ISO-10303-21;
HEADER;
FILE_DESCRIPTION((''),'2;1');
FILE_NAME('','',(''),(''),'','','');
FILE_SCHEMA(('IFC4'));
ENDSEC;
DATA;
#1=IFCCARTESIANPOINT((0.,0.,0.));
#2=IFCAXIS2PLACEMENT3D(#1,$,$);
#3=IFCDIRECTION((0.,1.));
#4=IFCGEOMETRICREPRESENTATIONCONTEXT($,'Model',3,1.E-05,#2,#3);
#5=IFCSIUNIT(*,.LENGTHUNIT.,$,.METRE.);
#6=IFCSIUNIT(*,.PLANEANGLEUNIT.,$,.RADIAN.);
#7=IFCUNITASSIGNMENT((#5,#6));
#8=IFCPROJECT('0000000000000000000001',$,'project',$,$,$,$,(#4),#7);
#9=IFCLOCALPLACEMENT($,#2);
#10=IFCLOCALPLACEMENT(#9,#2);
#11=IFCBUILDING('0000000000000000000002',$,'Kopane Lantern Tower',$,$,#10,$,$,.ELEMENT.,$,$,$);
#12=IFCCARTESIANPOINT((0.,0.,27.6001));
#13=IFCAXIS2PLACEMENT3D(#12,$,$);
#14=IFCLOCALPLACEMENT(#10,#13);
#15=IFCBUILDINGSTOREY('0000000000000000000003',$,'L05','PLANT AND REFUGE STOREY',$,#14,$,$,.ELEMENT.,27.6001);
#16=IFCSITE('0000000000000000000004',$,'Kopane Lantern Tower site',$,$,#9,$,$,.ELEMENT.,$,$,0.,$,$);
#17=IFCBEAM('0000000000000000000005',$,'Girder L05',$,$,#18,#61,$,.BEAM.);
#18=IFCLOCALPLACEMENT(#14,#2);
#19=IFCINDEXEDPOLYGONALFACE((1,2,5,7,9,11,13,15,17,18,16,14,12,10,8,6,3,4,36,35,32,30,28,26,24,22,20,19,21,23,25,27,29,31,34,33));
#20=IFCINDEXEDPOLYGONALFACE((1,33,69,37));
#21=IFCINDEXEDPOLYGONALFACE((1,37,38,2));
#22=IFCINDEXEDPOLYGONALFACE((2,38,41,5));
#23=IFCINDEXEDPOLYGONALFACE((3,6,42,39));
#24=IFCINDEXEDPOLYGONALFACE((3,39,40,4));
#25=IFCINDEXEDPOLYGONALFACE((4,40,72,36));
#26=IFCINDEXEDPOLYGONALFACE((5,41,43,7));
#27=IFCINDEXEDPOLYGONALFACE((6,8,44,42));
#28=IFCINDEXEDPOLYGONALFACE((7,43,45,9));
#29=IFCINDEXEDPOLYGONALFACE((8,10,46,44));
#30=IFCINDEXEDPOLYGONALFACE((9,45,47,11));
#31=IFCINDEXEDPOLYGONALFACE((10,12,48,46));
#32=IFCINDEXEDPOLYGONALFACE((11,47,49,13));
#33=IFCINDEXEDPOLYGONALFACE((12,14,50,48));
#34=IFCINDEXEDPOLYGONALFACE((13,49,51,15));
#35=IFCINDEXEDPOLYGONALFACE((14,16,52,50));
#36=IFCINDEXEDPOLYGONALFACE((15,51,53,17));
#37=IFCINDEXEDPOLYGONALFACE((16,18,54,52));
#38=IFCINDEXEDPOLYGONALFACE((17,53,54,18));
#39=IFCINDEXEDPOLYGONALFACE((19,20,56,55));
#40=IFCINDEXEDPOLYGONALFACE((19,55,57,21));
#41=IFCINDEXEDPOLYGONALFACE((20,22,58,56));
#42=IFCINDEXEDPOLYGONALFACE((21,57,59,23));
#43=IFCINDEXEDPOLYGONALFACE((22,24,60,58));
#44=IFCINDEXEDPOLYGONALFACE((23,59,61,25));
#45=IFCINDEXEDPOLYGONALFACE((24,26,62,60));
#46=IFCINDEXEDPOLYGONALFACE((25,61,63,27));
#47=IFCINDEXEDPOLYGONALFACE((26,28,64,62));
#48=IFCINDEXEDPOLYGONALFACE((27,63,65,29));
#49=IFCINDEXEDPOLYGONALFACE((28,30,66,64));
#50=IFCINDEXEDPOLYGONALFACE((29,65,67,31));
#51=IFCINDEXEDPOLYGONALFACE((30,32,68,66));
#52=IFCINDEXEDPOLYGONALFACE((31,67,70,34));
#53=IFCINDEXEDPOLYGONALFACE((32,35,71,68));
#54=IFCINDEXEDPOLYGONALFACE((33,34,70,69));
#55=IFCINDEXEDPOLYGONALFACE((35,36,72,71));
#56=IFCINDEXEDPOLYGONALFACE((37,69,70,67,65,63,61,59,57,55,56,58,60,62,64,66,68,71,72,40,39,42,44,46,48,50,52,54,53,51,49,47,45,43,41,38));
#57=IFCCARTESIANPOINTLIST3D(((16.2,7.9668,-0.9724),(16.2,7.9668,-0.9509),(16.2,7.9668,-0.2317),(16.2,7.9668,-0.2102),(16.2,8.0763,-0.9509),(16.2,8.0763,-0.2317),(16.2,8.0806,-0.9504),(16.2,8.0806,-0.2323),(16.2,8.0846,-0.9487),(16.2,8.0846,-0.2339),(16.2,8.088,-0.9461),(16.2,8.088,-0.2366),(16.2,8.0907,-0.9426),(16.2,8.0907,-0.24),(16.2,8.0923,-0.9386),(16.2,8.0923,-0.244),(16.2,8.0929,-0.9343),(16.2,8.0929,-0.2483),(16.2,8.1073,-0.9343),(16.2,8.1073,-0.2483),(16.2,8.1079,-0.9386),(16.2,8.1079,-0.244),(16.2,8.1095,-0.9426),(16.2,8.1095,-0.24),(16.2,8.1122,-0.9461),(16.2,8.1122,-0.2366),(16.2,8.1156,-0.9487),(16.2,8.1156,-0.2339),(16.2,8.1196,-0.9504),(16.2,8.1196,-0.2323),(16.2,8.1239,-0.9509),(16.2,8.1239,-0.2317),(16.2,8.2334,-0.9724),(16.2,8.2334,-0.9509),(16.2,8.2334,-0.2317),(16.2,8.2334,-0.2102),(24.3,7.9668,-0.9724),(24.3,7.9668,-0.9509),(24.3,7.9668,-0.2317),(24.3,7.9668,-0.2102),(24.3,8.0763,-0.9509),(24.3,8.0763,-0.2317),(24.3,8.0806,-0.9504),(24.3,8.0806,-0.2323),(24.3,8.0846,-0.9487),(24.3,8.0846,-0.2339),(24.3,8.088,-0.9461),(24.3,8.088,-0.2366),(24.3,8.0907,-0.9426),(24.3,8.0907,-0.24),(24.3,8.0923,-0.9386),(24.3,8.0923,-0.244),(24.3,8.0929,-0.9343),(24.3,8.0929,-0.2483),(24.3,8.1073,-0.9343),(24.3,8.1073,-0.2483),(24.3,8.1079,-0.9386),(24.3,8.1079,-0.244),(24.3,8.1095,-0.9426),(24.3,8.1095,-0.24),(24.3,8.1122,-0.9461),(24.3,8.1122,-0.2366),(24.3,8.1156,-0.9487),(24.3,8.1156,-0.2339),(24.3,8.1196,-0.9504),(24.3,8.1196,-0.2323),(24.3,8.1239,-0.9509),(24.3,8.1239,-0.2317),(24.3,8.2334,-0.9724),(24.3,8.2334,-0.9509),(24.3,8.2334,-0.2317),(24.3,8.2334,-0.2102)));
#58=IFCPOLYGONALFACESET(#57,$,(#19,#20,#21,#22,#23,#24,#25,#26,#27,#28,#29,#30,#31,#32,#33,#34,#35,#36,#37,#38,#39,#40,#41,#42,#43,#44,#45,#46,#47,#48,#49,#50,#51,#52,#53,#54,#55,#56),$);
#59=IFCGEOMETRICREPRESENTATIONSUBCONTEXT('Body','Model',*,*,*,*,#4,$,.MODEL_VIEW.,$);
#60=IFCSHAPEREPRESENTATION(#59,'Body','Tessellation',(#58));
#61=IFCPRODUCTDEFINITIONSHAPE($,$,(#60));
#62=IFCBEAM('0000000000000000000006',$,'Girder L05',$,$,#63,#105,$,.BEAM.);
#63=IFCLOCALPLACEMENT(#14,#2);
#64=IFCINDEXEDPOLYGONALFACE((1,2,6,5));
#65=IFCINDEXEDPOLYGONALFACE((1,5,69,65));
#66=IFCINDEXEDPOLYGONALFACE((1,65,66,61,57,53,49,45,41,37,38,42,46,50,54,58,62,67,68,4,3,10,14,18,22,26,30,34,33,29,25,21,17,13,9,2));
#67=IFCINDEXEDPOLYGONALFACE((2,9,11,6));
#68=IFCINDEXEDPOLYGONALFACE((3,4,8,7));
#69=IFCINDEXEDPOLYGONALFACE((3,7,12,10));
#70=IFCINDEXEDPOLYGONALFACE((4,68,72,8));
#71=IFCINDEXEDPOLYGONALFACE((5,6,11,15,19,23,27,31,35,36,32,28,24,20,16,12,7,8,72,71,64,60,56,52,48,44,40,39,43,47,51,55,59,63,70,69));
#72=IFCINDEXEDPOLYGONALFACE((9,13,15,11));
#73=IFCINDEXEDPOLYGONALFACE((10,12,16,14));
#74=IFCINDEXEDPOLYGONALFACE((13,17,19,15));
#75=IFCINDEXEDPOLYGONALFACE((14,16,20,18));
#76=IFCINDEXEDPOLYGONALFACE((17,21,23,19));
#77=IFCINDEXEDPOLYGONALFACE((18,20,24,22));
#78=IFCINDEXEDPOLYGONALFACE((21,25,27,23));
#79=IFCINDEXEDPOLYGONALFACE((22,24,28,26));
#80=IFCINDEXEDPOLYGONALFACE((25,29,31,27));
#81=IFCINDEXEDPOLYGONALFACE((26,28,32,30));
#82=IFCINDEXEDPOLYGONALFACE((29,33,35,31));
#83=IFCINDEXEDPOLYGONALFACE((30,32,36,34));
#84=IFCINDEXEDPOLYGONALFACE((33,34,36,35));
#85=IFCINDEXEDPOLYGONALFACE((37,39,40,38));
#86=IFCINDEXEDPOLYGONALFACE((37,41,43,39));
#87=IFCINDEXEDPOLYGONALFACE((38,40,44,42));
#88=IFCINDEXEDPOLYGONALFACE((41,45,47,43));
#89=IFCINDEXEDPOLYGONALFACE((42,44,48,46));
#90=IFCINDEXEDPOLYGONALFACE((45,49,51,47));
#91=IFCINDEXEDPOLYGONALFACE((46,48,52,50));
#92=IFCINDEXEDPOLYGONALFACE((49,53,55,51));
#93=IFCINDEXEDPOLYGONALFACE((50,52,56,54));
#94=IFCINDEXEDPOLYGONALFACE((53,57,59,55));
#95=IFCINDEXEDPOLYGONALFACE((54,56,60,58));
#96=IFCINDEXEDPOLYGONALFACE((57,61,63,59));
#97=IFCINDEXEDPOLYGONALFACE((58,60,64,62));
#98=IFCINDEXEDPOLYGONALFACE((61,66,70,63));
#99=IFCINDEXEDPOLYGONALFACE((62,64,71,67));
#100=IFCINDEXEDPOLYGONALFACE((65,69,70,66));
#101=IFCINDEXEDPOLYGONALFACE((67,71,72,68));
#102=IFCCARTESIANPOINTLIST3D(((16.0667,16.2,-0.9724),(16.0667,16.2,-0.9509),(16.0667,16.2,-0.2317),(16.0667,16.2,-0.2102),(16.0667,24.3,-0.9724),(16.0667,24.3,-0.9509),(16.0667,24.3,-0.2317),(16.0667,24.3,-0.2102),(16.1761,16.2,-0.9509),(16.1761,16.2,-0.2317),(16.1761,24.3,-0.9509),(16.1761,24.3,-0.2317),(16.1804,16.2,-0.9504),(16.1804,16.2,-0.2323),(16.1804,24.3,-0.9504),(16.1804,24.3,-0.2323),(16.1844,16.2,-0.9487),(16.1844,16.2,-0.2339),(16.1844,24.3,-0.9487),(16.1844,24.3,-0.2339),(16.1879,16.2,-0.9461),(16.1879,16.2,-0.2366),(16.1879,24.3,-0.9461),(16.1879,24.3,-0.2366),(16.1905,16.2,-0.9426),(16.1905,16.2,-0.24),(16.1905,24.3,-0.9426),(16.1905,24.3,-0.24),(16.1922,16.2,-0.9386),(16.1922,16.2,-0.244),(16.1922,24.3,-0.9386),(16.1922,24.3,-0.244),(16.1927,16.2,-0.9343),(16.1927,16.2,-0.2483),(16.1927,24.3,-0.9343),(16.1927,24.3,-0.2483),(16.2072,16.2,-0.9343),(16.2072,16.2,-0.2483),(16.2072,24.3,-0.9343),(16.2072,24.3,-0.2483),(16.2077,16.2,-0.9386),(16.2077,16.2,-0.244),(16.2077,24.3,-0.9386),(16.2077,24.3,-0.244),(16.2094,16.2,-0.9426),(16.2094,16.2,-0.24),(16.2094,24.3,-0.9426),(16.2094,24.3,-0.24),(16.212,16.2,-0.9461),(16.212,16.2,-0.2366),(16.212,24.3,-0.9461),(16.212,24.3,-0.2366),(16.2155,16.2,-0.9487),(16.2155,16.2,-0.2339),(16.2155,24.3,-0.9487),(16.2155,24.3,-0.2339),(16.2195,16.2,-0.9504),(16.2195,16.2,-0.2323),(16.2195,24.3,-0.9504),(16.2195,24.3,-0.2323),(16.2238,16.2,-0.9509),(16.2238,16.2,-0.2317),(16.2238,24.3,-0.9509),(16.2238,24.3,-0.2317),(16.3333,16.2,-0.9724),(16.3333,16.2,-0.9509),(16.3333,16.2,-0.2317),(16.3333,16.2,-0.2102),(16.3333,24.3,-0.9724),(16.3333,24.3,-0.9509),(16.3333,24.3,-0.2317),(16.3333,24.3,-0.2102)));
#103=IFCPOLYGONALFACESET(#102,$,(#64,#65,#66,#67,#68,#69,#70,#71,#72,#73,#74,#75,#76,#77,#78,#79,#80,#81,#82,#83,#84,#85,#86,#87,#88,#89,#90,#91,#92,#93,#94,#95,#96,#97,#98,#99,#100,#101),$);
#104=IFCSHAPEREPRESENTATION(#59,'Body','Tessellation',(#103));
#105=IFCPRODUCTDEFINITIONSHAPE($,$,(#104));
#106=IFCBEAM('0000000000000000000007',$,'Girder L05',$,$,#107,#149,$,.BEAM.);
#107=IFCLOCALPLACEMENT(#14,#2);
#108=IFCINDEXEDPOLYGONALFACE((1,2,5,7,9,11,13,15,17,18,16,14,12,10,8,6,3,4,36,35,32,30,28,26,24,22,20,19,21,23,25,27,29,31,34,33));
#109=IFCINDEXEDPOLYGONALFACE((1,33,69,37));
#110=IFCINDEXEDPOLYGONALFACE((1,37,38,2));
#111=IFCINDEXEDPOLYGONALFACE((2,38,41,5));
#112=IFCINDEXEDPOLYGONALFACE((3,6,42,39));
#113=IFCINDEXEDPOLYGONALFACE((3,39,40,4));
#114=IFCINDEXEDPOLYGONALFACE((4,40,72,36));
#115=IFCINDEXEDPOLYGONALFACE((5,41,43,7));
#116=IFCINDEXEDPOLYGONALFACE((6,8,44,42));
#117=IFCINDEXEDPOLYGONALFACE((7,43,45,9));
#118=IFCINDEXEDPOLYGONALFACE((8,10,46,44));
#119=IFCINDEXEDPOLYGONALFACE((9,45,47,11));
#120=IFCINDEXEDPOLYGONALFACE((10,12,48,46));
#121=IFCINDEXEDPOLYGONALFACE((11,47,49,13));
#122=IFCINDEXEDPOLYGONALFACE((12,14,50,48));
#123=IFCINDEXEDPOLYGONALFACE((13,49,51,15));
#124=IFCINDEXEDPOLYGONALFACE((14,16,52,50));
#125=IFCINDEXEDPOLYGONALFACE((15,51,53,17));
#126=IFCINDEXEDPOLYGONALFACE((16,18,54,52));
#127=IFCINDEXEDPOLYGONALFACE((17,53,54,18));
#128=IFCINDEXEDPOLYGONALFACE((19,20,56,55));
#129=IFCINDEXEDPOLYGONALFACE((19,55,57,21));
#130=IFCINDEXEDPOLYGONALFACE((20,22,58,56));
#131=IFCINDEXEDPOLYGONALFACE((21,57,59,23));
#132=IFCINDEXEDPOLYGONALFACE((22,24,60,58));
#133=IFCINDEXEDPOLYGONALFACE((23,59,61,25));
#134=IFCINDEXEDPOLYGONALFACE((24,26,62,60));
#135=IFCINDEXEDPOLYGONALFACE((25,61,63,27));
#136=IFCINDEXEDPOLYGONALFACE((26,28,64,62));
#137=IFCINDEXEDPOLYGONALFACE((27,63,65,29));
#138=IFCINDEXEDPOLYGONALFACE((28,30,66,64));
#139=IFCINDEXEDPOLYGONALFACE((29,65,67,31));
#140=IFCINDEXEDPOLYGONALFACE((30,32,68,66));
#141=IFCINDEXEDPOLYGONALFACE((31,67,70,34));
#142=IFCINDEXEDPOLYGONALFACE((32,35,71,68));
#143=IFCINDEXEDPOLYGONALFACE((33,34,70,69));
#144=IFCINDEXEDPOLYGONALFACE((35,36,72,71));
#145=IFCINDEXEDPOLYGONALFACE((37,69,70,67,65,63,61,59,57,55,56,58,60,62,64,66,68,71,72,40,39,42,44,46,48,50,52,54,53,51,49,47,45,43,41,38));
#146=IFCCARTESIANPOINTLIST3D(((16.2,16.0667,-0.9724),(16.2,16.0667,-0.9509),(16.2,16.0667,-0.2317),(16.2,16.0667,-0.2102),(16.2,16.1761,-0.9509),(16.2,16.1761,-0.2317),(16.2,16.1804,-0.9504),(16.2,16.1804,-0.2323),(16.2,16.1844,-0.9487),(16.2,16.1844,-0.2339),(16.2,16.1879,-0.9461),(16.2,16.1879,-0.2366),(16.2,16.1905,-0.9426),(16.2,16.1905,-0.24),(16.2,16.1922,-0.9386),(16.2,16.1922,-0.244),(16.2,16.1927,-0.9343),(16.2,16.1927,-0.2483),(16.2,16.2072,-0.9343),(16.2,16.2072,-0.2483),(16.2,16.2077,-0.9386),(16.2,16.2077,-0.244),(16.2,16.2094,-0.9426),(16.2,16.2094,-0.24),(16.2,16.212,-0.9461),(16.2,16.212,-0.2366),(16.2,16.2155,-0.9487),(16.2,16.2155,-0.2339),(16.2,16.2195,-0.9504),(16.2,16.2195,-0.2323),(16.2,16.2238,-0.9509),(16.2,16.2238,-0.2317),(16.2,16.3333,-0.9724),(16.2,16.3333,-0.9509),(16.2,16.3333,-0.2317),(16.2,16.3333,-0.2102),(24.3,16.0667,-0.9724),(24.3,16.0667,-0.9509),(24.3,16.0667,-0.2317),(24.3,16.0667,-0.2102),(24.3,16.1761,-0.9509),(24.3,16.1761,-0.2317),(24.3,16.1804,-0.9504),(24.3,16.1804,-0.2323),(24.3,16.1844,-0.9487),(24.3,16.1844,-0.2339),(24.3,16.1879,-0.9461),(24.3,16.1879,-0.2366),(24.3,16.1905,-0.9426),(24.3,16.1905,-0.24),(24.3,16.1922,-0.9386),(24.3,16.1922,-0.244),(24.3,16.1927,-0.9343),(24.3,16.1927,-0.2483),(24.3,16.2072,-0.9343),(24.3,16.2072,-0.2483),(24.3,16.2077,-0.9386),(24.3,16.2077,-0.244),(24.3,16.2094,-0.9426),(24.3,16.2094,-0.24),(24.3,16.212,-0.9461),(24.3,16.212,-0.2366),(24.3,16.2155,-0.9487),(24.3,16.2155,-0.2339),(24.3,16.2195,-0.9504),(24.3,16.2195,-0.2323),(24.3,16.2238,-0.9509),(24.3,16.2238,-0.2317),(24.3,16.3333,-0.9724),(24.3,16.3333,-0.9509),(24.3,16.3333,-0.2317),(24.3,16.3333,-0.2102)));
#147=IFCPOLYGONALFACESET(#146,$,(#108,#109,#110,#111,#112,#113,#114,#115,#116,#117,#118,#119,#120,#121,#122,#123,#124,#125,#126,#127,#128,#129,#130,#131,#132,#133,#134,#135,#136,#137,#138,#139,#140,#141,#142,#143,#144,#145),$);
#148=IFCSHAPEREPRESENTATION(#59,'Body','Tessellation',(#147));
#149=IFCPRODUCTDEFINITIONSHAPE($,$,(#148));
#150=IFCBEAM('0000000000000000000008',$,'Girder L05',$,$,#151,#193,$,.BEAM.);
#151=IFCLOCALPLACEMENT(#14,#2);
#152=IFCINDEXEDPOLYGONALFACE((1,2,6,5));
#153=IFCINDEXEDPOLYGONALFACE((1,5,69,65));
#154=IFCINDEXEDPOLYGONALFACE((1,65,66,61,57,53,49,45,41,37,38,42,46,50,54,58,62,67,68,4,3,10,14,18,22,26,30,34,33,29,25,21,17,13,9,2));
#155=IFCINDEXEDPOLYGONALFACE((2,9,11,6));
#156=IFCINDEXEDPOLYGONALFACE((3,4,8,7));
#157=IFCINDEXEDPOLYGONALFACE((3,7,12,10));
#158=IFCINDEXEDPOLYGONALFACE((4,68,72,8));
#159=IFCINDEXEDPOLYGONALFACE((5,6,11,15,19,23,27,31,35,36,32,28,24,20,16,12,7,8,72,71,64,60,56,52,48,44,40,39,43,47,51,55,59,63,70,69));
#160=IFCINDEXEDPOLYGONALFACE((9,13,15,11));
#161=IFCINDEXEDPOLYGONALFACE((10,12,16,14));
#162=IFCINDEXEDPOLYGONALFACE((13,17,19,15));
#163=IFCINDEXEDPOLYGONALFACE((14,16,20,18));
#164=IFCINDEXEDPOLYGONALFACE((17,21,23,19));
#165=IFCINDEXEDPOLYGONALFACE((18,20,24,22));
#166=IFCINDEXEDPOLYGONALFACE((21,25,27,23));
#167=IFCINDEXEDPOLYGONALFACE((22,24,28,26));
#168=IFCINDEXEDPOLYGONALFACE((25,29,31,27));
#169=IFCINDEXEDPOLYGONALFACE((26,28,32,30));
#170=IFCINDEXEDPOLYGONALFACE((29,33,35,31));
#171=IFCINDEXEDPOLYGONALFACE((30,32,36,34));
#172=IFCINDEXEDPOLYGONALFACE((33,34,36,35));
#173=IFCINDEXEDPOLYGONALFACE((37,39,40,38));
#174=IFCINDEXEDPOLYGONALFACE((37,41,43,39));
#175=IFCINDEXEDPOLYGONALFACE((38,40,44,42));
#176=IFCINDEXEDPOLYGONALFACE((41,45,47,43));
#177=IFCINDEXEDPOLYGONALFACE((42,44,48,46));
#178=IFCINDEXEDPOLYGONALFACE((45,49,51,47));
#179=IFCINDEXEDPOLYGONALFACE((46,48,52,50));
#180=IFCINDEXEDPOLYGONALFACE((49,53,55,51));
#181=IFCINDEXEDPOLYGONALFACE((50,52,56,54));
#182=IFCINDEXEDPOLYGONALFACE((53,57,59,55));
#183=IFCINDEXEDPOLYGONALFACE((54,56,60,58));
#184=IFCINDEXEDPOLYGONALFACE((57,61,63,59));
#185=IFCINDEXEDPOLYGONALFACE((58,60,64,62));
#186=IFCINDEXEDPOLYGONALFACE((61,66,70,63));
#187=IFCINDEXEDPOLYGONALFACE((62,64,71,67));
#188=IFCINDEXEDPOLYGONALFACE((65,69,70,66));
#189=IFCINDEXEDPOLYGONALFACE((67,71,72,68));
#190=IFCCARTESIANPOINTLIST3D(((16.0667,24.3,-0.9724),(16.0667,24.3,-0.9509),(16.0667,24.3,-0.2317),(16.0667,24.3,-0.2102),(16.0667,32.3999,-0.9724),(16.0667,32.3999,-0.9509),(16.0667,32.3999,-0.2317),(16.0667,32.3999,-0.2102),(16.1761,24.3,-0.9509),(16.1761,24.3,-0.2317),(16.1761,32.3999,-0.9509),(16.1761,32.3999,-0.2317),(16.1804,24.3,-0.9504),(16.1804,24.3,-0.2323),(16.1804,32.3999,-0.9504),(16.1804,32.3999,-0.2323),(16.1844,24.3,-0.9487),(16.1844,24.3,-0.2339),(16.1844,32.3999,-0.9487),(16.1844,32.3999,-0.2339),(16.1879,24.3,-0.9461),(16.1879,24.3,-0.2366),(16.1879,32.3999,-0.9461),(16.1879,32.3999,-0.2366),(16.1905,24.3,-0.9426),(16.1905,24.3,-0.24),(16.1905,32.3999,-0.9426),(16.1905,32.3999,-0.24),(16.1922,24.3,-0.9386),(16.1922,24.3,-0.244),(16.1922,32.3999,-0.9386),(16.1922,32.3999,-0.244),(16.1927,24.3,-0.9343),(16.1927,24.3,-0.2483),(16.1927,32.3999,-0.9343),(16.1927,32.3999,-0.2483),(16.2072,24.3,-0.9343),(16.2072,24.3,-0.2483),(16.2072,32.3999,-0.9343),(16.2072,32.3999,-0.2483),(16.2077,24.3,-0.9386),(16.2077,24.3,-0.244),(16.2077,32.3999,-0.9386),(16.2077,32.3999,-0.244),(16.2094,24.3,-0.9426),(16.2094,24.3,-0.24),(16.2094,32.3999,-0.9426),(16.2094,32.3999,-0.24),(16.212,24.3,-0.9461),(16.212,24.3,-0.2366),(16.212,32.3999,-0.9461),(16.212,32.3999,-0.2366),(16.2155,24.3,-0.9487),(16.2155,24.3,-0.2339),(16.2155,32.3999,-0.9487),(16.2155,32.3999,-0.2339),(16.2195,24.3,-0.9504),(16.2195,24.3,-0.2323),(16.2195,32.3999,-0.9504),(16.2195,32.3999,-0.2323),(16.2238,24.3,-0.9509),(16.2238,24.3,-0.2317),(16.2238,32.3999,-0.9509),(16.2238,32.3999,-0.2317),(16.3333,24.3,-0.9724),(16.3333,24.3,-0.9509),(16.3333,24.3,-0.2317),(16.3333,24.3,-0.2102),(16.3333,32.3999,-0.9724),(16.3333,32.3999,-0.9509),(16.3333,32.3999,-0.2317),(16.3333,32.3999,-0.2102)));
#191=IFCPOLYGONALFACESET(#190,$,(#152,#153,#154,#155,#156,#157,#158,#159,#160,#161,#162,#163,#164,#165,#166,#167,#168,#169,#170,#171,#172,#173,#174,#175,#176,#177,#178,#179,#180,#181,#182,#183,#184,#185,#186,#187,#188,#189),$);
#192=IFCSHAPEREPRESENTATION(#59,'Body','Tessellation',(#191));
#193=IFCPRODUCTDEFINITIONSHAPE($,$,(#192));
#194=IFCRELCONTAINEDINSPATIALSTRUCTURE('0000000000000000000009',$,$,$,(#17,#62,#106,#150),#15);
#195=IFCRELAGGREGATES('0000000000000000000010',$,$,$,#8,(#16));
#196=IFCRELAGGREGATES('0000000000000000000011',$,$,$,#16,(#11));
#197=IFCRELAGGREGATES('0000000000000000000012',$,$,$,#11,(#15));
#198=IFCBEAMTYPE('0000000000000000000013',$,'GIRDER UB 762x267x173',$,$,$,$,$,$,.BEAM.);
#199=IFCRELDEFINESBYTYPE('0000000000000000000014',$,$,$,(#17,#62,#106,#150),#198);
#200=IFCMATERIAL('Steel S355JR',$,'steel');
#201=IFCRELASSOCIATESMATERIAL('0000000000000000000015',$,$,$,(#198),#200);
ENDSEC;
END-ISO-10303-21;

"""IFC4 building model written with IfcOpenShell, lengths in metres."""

from ifc_helpers import new_model, si_unit, direction, frame, origin, origin_2d, place, context, subcontext, project, spatial, i_section, extrude, material, material_profile, profile_set, type_object, element, save


model = new_model("IFC4")

# Units and contexts
model_context = context("Model", 3, precision=1e-05, world=origin(), true_north=direction((0.0, 1.0)))
body_context = subcontext(model_context, "Body", "Model", "MODEL_VIEW")
ifc_project = project(units=[si_unit("LENGTHUNIT", "METRE"), si_unit("PLANEANGLEUNIT", "RADIAN")], contexts=[model_context])

# Site, building, storey
site_placement = place(None, origin())
site = spatial("IfcSite", under=ifc_project, at=site_placement, Name="Kopane Lantern Tower site", CompositionType="ELEMENT", RefElevation=0.0)
building_placement = place(site_placement, origin())
building = spatial("IfcBuilding", under=site, at=building_placement, Name="Kopane Lantern Tower", CompositionType="ELEMENT")
storey_placement = place(building_placement, frame((0.0, 0.0, 27.6001)))
storey = spatial("IfcBuildingStorey", under=building, at=storey_placement, Name="L05", Description="PLANT AND REFUGE STOREY", CompositionType="ELEMENT", Elevation=27.6001)

# Beams
ifc_material_1 = material(Name="Steel S355JR", Category="steel")
ifc_material_profile_1 = material_profile(ifc_material_1, i_section(OverallWidth=0.2666, OverallDepth=0.7622, WebThickness=0.0144, FlangeThickness=0.0215, FilletRadius=0.0166, at=origin_2d()), Name="UB 762x267x173")
ifc_profile_set_1 = profile_set([ifc_material_profile_1], Name="Steel S355JR")
beam_type_1 = type_object("IfcBeamType", Name="GIRDER UB 762x267x173", PredefinedType="BEAM", material=ifc_profile_set_1)
for number, where, z_axis, x_axis, name in (
    (1, (16.2, 8.1001, -0.5913), (1.0, 0.0, 0.0), (0.0, 1.0, 0.0), "Girder L05"),
    (2, (16.2, 16.2, -0.5913), (0.0, 1.0, 0.0), (-1.0, 0.0, 0.0), "Girder L05"),
    (3, (16.2, 16.2, -0.5913), (1.0, 0.0, 0.0), (0.0, 1.0, 0.0), "Girder L05"),
):
    element("IfcBeam", number, at=place(storey_placement, frame(where, z_axis=z_axis, x_axis=x_axis)), inside=storey, type_object=beam_type_1, Name=name, PredefinedType="BEAM", context=body_context, shape_type="SweptSolid", body=[
        extrude(i_section(OverallWidth=0.2666, OverallDepth=0.7622, WebThickness=0.0144, FlangeThickness=0.0215, FilletRadius=0.0166, at=origin_2d()), origin(), (0.0, 0.0, 1.0), 8.1001),
    ])
beam_1_placement = place(storey_placement, frame((16.2, 24.3, -0.5913), z_axis=(0.0, 1.0, 0.0), x_axis=(-1.0, 0.0, 0.0)))
element("IfcBeam", 4, at=beam_1_placement, inside=storey, type_object=beam_type_1, Name="Girder L05", PredefinedType="BEAM", context=body_context, shape_type="SweptSolid", body=[
    extrude(i_section(OverallWidth=0.2666, OverallDepth=0.7622, WebThickness=0.0144, FlangeThickness=0.0215, FilletRadius=0.0166, at=origin_2d()), origin(), (0.0, 0.0, 1.0), 8.0999),
])

save(model, "model.ifc")
